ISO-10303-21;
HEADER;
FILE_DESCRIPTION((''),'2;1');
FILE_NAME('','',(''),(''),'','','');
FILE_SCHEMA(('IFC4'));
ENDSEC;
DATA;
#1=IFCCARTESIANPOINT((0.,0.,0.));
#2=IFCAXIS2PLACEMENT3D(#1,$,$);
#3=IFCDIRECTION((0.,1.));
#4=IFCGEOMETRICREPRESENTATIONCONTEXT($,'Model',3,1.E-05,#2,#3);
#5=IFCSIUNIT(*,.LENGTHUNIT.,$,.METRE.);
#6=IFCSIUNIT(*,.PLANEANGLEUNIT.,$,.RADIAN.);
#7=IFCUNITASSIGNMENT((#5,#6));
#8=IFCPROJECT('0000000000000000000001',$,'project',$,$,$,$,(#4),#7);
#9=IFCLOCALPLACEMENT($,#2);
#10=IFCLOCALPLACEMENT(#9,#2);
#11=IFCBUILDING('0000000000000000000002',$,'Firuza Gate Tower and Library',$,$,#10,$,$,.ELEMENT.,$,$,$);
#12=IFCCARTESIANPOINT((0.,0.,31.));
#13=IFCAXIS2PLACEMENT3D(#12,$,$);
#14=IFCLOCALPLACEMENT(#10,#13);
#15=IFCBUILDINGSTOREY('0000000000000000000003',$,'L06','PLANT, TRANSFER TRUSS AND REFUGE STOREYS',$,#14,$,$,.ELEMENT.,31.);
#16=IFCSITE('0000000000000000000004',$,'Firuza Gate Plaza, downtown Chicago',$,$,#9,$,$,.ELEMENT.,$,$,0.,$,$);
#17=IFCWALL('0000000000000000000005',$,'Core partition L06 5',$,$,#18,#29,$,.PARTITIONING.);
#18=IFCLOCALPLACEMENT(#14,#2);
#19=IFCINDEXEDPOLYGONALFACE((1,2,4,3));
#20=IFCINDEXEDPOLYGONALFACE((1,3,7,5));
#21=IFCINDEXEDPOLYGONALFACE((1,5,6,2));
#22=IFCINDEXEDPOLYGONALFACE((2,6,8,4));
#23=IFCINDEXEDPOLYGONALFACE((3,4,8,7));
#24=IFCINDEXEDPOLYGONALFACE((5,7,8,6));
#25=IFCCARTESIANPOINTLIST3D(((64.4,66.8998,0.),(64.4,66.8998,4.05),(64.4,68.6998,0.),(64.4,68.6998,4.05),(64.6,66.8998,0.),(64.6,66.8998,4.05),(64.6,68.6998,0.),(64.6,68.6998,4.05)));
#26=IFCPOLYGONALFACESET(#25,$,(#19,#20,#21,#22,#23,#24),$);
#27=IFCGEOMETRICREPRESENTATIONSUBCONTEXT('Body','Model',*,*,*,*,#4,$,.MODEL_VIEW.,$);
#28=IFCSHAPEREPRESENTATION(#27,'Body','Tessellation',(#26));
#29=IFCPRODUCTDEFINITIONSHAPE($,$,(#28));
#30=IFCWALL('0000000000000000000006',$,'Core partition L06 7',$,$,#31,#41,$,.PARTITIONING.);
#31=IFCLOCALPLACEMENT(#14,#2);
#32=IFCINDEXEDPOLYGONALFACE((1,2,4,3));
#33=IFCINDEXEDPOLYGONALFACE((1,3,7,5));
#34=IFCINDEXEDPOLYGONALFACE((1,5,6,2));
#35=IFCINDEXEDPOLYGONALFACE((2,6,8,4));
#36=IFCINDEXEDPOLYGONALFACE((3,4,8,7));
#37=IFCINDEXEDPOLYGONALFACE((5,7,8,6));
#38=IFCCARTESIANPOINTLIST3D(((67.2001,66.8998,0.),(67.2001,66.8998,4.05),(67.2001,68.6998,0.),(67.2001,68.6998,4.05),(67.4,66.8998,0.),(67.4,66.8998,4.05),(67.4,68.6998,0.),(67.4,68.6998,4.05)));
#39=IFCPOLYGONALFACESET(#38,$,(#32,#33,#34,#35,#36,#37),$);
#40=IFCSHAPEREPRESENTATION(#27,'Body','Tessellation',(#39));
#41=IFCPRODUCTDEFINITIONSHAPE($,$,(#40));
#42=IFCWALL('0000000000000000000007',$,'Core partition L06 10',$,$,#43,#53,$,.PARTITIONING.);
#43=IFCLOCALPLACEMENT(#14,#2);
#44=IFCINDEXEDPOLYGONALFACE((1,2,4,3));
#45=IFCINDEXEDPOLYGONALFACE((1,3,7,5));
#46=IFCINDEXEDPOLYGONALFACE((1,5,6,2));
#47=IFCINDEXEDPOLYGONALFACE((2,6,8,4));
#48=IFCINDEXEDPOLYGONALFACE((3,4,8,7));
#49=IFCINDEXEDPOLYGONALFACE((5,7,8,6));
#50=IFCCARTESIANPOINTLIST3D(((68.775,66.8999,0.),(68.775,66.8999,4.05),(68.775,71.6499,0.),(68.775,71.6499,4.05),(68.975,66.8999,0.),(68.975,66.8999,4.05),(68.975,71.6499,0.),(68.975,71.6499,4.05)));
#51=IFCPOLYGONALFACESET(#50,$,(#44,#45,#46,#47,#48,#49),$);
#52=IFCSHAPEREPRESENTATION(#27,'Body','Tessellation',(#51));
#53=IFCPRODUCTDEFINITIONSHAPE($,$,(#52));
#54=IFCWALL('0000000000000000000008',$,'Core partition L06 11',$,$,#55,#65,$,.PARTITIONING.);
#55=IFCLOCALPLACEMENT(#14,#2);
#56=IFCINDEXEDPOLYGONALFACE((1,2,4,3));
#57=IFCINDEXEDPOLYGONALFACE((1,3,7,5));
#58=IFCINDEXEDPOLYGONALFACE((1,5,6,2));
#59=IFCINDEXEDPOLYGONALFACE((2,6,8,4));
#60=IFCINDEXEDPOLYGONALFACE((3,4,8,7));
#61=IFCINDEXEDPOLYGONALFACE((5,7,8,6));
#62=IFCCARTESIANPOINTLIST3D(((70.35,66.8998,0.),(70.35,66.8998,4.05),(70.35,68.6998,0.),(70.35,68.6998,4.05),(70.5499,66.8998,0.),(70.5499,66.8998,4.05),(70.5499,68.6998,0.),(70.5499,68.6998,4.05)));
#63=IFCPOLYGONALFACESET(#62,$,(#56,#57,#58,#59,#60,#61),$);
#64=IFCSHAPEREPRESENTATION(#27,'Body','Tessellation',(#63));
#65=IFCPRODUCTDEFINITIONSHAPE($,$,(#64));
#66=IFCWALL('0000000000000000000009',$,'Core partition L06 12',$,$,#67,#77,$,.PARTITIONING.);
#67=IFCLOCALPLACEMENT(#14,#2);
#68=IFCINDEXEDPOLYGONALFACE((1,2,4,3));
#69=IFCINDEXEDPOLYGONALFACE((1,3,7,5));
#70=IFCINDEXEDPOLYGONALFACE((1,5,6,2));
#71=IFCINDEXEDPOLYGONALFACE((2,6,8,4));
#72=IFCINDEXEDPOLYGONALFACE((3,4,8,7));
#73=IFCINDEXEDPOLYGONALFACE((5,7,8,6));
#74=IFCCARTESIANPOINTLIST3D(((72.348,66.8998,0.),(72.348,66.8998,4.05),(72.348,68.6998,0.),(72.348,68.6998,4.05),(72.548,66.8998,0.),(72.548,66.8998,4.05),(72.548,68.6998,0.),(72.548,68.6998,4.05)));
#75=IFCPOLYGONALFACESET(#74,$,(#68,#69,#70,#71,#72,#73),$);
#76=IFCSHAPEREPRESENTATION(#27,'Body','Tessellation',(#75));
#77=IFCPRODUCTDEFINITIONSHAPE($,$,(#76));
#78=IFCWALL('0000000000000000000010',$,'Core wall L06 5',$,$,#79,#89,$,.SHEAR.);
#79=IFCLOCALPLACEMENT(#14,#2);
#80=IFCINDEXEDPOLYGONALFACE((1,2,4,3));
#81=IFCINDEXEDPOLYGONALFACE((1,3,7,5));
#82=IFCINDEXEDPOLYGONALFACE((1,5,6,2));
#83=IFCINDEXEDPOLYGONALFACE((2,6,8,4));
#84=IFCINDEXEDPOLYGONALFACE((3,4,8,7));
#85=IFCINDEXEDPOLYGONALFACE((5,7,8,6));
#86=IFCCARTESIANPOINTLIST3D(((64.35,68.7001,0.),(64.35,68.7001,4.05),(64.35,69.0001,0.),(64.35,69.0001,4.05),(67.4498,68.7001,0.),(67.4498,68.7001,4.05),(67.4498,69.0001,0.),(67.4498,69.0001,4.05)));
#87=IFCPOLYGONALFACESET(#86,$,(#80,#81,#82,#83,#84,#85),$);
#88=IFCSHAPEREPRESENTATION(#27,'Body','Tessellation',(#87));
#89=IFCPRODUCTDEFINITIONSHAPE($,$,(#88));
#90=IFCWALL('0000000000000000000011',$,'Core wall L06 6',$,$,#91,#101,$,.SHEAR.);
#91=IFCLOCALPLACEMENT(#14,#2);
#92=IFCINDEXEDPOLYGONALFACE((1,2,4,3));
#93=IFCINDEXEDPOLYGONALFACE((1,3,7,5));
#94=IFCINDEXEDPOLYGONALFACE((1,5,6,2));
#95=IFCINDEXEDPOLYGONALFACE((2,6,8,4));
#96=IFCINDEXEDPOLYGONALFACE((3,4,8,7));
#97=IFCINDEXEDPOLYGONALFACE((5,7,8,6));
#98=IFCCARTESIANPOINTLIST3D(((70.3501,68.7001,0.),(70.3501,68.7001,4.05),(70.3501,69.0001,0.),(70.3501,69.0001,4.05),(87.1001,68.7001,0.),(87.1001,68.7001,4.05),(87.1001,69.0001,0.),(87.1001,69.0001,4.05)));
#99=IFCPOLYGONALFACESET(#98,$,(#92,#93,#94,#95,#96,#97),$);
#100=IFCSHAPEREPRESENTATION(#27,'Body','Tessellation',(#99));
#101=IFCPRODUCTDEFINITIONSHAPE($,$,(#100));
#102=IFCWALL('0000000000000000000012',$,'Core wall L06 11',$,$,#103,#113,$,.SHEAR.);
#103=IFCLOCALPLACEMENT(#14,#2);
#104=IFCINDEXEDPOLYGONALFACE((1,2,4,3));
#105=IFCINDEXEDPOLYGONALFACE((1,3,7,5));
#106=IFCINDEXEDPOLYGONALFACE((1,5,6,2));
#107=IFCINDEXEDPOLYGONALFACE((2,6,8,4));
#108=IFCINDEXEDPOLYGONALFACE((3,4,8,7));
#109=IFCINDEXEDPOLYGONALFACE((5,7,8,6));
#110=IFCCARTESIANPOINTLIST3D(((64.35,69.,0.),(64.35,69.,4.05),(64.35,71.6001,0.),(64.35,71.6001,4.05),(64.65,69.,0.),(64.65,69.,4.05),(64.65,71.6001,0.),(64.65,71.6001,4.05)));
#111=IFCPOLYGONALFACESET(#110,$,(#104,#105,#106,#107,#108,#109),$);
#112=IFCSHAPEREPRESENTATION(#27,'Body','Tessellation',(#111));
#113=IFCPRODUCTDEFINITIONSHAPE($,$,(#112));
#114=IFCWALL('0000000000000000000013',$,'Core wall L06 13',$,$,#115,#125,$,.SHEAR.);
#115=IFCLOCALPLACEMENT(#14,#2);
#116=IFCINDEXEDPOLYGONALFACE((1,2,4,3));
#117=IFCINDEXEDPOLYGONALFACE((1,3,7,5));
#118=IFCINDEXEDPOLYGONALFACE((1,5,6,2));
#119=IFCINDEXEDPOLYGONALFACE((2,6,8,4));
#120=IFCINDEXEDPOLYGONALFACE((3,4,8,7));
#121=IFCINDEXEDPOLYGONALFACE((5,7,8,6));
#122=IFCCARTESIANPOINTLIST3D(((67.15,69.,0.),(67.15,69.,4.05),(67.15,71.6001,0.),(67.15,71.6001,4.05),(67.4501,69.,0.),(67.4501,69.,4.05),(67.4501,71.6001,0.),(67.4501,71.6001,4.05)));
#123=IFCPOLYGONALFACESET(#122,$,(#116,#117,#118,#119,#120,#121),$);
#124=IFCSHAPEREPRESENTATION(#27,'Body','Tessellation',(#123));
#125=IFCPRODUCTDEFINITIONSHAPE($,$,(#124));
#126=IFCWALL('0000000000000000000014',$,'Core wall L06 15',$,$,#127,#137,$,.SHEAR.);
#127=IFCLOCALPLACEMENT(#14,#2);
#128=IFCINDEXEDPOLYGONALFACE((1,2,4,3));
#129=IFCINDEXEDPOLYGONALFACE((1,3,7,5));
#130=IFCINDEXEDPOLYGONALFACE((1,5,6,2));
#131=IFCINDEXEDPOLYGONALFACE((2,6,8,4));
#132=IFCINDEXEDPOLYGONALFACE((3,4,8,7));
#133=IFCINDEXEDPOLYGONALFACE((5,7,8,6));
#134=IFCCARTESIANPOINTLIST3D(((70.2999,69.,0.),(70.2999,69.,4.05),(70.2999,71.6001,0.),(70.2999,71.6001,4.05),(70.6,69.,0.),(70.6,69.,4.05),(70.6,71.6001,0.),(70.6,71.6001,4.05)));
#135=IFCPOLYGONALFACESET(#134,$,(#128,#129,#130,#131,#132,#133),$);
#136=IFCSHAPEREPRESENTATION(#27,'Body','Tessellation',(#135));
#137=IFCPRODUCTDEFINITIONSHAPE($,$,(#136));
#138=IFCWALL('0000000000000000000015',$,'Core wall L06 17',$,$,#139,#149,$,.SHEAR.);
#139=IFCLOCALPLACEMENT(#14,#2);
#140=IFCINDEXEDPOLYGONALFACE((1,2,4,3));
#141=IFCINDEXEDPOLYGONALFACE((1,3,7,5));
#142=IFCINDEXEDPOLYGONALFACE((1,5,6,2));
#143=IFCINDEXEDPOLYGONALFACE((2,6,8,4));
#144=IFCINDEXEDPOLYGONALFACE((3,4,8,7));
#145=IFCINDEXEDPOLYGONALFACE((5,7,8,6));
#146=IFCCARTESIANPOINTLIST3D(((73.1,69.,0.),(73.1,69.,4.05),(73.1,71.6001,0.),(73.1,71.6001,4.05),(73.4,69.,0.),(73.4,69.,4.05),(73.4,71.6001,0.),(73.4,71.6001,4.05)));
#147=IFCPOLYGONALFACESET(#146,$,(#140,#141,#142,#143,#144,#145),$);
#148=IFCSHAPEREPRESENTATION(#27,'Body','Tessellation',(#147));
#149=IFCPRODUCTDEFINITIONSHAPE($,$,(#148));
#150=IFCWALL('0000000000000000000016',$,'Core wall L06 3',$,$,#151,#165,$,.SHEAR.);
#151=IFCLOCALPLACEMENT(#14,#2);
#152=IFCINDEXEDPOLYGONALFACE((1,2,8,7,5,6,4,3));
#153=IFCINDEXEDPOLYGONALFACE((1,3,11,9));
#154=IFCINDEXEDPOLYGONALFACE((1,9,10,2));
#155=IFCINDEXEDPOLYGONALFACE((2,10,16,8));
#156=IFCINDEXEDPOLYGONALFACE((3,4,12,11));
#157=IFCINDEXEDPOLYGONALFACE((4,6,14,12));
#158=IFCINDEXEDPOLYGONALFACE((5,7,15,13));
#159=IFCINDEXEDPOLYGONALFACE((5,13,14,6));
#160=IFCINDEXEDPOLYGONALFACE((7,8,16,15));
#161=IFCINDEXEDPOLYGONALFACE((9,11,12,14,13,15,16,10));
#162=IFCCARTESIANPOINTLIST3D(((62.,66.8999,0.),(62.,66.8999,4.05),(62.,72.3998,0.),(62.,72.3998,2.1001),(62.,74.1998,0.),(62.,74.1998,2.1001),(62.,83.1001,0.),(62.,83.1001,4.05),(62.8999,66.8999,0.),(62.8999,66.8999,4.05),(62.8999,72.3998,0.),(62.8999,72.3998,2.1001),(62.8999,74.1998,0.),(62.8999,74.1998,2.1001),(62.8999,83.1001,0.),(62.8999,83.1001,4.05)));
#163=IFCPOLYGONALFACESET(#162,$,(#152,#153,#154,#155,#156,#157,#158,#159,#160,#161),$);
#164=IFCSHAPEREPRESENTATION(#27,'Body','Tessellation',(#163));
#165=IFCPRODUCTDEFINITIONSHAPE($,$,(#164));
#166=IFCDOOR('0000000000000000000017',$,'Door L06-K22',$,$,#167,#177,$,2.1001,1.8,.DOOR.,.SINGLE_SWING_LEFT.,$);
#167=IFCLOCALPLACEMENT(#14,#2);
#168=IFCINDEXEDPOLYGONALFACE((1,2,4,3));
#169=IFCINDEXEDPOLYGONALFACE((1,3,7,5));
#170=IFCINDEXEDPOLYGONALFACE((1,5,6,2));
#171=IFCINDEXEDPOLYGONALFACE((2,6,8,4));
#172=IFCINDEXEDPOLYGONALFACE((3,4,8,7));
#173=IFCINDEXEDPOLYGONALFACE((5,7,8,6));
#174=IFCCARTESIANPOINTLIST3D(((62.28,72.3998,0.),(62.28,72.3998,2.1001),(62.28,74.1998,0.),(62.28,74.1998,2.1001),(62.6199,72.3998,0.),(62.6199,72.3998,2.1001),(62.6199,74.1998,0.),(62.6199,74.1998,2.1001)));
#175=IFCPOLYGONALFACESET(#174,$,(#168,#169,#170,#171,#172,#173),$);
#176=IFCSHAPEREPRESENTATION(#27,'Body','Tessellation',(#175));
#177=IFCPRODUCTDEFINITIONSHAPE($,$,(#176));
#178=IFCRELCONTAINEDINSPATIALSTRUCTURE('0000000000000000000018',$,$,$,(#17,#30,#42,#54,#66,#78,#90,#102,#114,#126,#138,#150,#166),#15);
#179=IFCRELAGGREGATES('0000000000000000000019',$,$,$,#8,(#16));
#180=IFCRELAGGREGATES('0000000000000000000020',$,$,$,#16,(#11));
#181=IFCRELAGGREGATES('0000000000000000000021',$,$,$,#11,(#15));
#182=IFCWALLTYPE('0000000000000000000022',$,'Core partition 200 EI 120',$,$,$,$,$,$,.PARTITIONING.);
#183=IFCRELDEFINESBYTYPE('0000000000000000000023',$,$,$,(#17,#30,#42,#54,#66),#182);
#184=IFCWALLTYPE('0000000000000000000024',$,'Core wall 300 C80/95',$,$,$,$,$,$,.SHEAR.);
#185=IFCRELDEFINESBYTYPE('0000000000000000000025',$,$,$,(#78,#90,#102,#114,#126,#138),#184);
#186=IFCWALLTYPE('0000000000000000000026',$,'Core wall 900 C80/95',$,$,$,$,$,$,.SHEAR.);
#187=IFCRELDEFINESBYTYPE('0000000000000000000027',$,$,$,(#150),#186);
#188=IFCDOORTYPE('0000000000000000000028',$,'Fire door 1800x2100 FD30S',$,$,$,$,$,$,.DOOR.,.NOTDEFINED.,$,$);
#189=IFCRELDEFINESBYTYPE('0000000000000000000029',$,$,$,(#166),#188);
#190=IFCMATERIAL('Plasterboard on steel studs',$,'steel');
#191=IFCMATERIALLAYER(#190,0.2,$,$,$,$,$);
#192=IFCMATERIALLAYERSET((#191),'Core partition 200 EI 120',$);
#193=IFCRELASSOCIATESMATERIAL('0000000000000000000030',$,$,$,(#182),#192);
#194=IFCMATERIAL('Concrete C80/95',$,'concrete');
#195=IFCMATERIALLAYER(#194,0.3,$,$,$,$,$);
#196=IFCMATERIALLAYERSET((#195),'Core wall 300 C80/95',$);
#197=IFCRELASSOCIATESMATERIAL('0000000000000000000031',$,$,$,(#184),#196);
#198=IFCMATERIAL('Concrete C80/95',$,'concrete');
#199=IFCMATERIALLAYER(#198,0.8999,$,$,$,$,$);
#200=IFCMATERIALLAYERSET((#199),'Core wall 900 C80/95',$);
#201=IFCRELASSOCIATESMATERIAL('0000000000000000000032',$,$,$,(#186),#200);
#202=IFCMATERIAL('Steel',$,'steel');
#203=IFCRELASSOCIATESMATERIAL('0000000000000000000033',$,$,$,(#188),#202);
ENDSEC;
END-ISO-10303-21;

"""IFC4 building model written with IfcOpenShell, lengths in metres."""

from ifc_helpers import new_model, si_unit, direction, frame, frame_2d, origin, place, context, subcontext, project, spatial, rectangle, extrude, material, layer, layer_set, type_object, element, fill, save


model = new_model("IFC4")

# Units and contexts
model_context = context("Model", 3, precision=1e-05, world=origin(), true_north=direction((0.0, 1.0)))
body_context = subcontext(model_context, "Body", "Model", "MODEL_VIEW")
ifc_project = project(units=[si_unit("LENGTHUNIT", "METRE"), si_unit("PLANEANGLEUNIT", "RADIAN")], contexts=[model_context])

# Site, building, storey
site_placement = place(None, origin())
site = spatial("IfcSite", under=ifc_project, at=site_placement, Name="Firuza Gate Plaza, downtown Chicago", CompositionType="ELEMENT", RefElevation=0.0)
building_placement = place(site_placement, origin())
building = spatial("IfcBuilding", under=site, at=building_placement, Name="Firuza Gate Tower and Library", CompositionType="ELEMENT")
storey_placement = place(building_placement, frame((0.0, 0.0, 31.0)))
storey = spatial("IfcBuildingStorey", under=building, at=storey_placement, Name="L06", Description="PLANT, TRANSFER TRUSS AND REFUGE STOREYS", CompositionType="ELEMENT", Elevation=31.0)

# Walls
ifc_material_1 = material(Name="Plasterboard on steel studs", Category="steel")
ifc_layer_1 = layer(ifc_material_1, 0.2)
ifc_layer_set_1 = layer_set([ifc_layer_1], Name="Core partition 200 EI 120")
wall_type_1 = type_object("IfcWallType", Name="Core partition 200 EI 120", PredefinedType="PARTITIONING", material=ifc_layer_set_1)
for number, where, z_axis, x_axis, name in (
    (1, (64.5, 66.8999, 0.0), (0.0, 0.0, 1.0), (0.0, 1.0, 0.0), "Core partition L06 5"),
    (2, (67.3, 66.8999, 0.0), (0.0, 0.0, 1.0), (0.0, 1.0, 0.0), "Core partition L06 7"),
):
    element("IfcWall", number, at=place(storey_placement, frame(where, z_axis=z_axis, x_axis=x_axis)), inside=storey, type_object=wall_type_1, Name=name, PredefinedType="PARTITIONING", context=body_context, shape_type="SweptSolid", body=[
        extrude(rectangle(XDim=1.8, YDim=0.2, at=frame_2d((0.8999, 0.0))), origin(), (0.0, 0.0, 1.0), 4.05),
    ])
wall_1_placement = place(storey_placement, frame((68.875, 66.8999, 0.0), z_axis=(0.0, 0.0, 1.0), x_axis=(0.0, 1.0, 0.0)))
element("IfcWall", 3, at=wall_1_placement, inside=storey, type_object=wall_type_1, Name="Core partition L06 10", PredefinedType="PARTITIONING", context=body_context, shape_type="SweptSolid", body=[
    extrude(rectangle(XDim=4.75, YDim=0.2, at=frame_2d((2.375, 0.0))), origin(), (0.0, 0.0, 1.0), 4.05),
])
for number, where, z_axis, x_axis, name in (
    (4, (70.45, 66.8999, 0.0), (0.0, 0.0, 1.0), (0.0, 1.0, 0.0), "Core partition L06 11"),
    (5, (72.448, 66.8999, 0.0), (0.0, 0.0, 1.0), (0.0, 1.0, 0.0), "Core partition L06 12"),
):
    element("IfcWall", number, at=place(storey_placement, frame(where, z_axis=z_axis, x_axis=x_axis)), inside=storey, type_object=wall_type_1, Name=name, PredefinedType="PARTITIONING", context=body_context, shape_type="SweptSolid", body=[
        extrude(rectangle(XDim=1.8, YDim=0.2, at=frame_2d((0.8999, 0.0))), origin(), (0.0, 0.0, 1.0), 4.05),
    ])
ifc_material_2 = material(Name="Concrete C80/95", Category="concrete")
ifc_layer_2 = layer(ifc_material_2, 0.3)
ifc_layer_set_2 = layer_set([ifc_layer_2], Name="Core wall 300 C80/95")
wall_type_2 = type_object("IfcWallType", Name="Core wall 300 C80/95", PredefinedType="SHEAR", material=ifc_layer_set_2)
wall_2_placement = place(storey_placement, frame((64.3501, 68.8501, 0.0), z_axis=(0.0, 0.0, 1.0), x_axis=(1.0, 0.0, 0.0)))
element("IfcWall", 6, at=wall_2_placement, inside=storey, type_object=wall_type_2, Name="Core wall L06 5", PredefinedType="SHEAR", context=body_context, shape_type="SweptSolid", body=[
    extrude(rectangle(XDim=3.0999, YDim=0.3, at=frame_2d((1.5498, 0.0))), origin(), (0.0, 0.0, 1.0), 4.05),
])
wall_3_placement = place(storey_placement, frame((70.3501, 68.8501, 0.0), z_axis=(0.0, 0.0, 1.0), x_axis=(1.0, 0.0, 0.0)))
element("IfcWall", 7, at=wall_3_placement, inside=storey, type_object=wall_type_2, Name="Core wall L06 6", PredefinedType="SHEAR", context=body_context, shape_type="SweptSolid", body=[
    extrude(rectangle(XDim=16.75, YDim=0.3, at=frame_2d((8.375, 0.0))), origin(), (0.0, 0.0, 1.0), 4.05),
])
for number, where, z_axis, x_axis, name in (
    (8, (64.5, 69.0, 0.0), (0.0, 0.0, 1.0), (0.0, 1.0, 0.0), "Core wall L06 11"),
    (9, (67.3, 69.0, 0.0), (0.0, 0.0, 1.0), (0.0, 1.0, 0.0), "Core wall L06 13"),
    (10, (70.45, 69.0, 0.0), (0.0, 0.0, 1.0), (0.0, 1.0, 0.0), "Core wall L06 15"),
    (11, (73.25, 69.0, 0.0), (0.0, 0.0, 1.0), (0.0, 1.0, 0.0), "Core wall L06 17"),
):
    element("IfcWall", number, at=place(storey_placement, frame(where, z_axis=z_axis, x_axis=x_axis)), inside=storey, type_object=wall_type_2, Name=name, PredefinedType="SHEAR", context=body_context, shape_type="SweptSolid", body=[
        extrude(rectangle(XDim=2.6001, YDim=0.3, at=frame_2d((1.3, 0.0))), origin(), (0.0, 0.0, 1.0), 4.05),
    ])

# Wall, opening, door
ifc_material_3 = material(Name="Concrete C80/95", Category="concrete")
ifc_layer_3 = layer(ifc_material_3, 0.8999)
ifc_layer_set_3 = layer_set([ifc_layer_3], Name="Core wall 900 C80/95")
wall_type_3 = type_object("IfcWallType", Name="Core wall 900 C80/95", PredefinedType="SHEAR", material=ifc_layer_set_3)
wall_4_placement = place(storey_placement, frame((62.45, 66.8999, 0.0), z_axis=(0.0, 0.0, 1.0), x_axis=(0.0, 1.0, 0.0)))
wall_4 = element("IfcWall", 12, at=wall_4_placement, inside=storey, type_object=wall_type_3, Name="Core wall L06 3", PredefinedType="SHEAR", context=body_context, shape_type="SweptSolid", body=[
    extrude(rectangle(XDim=16.2002, YDim=0.8999, at=frame_2d((8.1001, 0.0))), origin(), (0.0, 0.0, 1.0), 4.05),
])
opening_1_placement = place(wall_4_placement, frame((5.5, 0.0, 0.0)))
opening_1 = element("IfcOpeningElement", 13, at=opening_1_placement, cuts=wall_4, PredefinedType="OPENING", context=body_context, shape_type="SweptSolid", body=[
    extrude(rectangle(XDim=1.8, YDim=2.1001, at=frame_2d((0.8999, 1.05))), frame((0.0, 0.46, 0.0), z_axis=(0.0, -1.0, 0.0), x_axis=(1.0, 0.0, 0.0)), (0.0, 0.0, 1.0), 0.9199),
])
ifc_material_4 = material(Name="Steel", Category="steel")
door_type_1 = type_object("IfcDoorType", Name="Fire door 1800x2100 FD30S", OperationType="NOTDEFINED", PredefinedType="DOOR", material=ifc_material_4)
door_1_placement = place(opening_1_placement, origin())
door_1 = element("IfcDoor", 14, at=door_1_placement, inside=storey, type_object=door_type_1, Name="Door L06-K22", OperationType="SINGLE_SWING_LEFT", OverallHeight=2.1001, OverallWidth=1.8, PredefinedType="DOOR", context=body_context, shape_type="SweptSolid", body=[
    extrude(rectangle(XDim=1.8, YDim=2.1001, at=frame_2d((0.8999, 1.05))), frame((0.0, 0.1699, 0.0), z_axis=(0.0, -1.0, 0.0), x_axis=(1.0, 0.0, 0.0)), (0.0, 0.0, 1.0), 0.3398),
])
fill(opening_1, door_1)

save(model, "model.ifc")
